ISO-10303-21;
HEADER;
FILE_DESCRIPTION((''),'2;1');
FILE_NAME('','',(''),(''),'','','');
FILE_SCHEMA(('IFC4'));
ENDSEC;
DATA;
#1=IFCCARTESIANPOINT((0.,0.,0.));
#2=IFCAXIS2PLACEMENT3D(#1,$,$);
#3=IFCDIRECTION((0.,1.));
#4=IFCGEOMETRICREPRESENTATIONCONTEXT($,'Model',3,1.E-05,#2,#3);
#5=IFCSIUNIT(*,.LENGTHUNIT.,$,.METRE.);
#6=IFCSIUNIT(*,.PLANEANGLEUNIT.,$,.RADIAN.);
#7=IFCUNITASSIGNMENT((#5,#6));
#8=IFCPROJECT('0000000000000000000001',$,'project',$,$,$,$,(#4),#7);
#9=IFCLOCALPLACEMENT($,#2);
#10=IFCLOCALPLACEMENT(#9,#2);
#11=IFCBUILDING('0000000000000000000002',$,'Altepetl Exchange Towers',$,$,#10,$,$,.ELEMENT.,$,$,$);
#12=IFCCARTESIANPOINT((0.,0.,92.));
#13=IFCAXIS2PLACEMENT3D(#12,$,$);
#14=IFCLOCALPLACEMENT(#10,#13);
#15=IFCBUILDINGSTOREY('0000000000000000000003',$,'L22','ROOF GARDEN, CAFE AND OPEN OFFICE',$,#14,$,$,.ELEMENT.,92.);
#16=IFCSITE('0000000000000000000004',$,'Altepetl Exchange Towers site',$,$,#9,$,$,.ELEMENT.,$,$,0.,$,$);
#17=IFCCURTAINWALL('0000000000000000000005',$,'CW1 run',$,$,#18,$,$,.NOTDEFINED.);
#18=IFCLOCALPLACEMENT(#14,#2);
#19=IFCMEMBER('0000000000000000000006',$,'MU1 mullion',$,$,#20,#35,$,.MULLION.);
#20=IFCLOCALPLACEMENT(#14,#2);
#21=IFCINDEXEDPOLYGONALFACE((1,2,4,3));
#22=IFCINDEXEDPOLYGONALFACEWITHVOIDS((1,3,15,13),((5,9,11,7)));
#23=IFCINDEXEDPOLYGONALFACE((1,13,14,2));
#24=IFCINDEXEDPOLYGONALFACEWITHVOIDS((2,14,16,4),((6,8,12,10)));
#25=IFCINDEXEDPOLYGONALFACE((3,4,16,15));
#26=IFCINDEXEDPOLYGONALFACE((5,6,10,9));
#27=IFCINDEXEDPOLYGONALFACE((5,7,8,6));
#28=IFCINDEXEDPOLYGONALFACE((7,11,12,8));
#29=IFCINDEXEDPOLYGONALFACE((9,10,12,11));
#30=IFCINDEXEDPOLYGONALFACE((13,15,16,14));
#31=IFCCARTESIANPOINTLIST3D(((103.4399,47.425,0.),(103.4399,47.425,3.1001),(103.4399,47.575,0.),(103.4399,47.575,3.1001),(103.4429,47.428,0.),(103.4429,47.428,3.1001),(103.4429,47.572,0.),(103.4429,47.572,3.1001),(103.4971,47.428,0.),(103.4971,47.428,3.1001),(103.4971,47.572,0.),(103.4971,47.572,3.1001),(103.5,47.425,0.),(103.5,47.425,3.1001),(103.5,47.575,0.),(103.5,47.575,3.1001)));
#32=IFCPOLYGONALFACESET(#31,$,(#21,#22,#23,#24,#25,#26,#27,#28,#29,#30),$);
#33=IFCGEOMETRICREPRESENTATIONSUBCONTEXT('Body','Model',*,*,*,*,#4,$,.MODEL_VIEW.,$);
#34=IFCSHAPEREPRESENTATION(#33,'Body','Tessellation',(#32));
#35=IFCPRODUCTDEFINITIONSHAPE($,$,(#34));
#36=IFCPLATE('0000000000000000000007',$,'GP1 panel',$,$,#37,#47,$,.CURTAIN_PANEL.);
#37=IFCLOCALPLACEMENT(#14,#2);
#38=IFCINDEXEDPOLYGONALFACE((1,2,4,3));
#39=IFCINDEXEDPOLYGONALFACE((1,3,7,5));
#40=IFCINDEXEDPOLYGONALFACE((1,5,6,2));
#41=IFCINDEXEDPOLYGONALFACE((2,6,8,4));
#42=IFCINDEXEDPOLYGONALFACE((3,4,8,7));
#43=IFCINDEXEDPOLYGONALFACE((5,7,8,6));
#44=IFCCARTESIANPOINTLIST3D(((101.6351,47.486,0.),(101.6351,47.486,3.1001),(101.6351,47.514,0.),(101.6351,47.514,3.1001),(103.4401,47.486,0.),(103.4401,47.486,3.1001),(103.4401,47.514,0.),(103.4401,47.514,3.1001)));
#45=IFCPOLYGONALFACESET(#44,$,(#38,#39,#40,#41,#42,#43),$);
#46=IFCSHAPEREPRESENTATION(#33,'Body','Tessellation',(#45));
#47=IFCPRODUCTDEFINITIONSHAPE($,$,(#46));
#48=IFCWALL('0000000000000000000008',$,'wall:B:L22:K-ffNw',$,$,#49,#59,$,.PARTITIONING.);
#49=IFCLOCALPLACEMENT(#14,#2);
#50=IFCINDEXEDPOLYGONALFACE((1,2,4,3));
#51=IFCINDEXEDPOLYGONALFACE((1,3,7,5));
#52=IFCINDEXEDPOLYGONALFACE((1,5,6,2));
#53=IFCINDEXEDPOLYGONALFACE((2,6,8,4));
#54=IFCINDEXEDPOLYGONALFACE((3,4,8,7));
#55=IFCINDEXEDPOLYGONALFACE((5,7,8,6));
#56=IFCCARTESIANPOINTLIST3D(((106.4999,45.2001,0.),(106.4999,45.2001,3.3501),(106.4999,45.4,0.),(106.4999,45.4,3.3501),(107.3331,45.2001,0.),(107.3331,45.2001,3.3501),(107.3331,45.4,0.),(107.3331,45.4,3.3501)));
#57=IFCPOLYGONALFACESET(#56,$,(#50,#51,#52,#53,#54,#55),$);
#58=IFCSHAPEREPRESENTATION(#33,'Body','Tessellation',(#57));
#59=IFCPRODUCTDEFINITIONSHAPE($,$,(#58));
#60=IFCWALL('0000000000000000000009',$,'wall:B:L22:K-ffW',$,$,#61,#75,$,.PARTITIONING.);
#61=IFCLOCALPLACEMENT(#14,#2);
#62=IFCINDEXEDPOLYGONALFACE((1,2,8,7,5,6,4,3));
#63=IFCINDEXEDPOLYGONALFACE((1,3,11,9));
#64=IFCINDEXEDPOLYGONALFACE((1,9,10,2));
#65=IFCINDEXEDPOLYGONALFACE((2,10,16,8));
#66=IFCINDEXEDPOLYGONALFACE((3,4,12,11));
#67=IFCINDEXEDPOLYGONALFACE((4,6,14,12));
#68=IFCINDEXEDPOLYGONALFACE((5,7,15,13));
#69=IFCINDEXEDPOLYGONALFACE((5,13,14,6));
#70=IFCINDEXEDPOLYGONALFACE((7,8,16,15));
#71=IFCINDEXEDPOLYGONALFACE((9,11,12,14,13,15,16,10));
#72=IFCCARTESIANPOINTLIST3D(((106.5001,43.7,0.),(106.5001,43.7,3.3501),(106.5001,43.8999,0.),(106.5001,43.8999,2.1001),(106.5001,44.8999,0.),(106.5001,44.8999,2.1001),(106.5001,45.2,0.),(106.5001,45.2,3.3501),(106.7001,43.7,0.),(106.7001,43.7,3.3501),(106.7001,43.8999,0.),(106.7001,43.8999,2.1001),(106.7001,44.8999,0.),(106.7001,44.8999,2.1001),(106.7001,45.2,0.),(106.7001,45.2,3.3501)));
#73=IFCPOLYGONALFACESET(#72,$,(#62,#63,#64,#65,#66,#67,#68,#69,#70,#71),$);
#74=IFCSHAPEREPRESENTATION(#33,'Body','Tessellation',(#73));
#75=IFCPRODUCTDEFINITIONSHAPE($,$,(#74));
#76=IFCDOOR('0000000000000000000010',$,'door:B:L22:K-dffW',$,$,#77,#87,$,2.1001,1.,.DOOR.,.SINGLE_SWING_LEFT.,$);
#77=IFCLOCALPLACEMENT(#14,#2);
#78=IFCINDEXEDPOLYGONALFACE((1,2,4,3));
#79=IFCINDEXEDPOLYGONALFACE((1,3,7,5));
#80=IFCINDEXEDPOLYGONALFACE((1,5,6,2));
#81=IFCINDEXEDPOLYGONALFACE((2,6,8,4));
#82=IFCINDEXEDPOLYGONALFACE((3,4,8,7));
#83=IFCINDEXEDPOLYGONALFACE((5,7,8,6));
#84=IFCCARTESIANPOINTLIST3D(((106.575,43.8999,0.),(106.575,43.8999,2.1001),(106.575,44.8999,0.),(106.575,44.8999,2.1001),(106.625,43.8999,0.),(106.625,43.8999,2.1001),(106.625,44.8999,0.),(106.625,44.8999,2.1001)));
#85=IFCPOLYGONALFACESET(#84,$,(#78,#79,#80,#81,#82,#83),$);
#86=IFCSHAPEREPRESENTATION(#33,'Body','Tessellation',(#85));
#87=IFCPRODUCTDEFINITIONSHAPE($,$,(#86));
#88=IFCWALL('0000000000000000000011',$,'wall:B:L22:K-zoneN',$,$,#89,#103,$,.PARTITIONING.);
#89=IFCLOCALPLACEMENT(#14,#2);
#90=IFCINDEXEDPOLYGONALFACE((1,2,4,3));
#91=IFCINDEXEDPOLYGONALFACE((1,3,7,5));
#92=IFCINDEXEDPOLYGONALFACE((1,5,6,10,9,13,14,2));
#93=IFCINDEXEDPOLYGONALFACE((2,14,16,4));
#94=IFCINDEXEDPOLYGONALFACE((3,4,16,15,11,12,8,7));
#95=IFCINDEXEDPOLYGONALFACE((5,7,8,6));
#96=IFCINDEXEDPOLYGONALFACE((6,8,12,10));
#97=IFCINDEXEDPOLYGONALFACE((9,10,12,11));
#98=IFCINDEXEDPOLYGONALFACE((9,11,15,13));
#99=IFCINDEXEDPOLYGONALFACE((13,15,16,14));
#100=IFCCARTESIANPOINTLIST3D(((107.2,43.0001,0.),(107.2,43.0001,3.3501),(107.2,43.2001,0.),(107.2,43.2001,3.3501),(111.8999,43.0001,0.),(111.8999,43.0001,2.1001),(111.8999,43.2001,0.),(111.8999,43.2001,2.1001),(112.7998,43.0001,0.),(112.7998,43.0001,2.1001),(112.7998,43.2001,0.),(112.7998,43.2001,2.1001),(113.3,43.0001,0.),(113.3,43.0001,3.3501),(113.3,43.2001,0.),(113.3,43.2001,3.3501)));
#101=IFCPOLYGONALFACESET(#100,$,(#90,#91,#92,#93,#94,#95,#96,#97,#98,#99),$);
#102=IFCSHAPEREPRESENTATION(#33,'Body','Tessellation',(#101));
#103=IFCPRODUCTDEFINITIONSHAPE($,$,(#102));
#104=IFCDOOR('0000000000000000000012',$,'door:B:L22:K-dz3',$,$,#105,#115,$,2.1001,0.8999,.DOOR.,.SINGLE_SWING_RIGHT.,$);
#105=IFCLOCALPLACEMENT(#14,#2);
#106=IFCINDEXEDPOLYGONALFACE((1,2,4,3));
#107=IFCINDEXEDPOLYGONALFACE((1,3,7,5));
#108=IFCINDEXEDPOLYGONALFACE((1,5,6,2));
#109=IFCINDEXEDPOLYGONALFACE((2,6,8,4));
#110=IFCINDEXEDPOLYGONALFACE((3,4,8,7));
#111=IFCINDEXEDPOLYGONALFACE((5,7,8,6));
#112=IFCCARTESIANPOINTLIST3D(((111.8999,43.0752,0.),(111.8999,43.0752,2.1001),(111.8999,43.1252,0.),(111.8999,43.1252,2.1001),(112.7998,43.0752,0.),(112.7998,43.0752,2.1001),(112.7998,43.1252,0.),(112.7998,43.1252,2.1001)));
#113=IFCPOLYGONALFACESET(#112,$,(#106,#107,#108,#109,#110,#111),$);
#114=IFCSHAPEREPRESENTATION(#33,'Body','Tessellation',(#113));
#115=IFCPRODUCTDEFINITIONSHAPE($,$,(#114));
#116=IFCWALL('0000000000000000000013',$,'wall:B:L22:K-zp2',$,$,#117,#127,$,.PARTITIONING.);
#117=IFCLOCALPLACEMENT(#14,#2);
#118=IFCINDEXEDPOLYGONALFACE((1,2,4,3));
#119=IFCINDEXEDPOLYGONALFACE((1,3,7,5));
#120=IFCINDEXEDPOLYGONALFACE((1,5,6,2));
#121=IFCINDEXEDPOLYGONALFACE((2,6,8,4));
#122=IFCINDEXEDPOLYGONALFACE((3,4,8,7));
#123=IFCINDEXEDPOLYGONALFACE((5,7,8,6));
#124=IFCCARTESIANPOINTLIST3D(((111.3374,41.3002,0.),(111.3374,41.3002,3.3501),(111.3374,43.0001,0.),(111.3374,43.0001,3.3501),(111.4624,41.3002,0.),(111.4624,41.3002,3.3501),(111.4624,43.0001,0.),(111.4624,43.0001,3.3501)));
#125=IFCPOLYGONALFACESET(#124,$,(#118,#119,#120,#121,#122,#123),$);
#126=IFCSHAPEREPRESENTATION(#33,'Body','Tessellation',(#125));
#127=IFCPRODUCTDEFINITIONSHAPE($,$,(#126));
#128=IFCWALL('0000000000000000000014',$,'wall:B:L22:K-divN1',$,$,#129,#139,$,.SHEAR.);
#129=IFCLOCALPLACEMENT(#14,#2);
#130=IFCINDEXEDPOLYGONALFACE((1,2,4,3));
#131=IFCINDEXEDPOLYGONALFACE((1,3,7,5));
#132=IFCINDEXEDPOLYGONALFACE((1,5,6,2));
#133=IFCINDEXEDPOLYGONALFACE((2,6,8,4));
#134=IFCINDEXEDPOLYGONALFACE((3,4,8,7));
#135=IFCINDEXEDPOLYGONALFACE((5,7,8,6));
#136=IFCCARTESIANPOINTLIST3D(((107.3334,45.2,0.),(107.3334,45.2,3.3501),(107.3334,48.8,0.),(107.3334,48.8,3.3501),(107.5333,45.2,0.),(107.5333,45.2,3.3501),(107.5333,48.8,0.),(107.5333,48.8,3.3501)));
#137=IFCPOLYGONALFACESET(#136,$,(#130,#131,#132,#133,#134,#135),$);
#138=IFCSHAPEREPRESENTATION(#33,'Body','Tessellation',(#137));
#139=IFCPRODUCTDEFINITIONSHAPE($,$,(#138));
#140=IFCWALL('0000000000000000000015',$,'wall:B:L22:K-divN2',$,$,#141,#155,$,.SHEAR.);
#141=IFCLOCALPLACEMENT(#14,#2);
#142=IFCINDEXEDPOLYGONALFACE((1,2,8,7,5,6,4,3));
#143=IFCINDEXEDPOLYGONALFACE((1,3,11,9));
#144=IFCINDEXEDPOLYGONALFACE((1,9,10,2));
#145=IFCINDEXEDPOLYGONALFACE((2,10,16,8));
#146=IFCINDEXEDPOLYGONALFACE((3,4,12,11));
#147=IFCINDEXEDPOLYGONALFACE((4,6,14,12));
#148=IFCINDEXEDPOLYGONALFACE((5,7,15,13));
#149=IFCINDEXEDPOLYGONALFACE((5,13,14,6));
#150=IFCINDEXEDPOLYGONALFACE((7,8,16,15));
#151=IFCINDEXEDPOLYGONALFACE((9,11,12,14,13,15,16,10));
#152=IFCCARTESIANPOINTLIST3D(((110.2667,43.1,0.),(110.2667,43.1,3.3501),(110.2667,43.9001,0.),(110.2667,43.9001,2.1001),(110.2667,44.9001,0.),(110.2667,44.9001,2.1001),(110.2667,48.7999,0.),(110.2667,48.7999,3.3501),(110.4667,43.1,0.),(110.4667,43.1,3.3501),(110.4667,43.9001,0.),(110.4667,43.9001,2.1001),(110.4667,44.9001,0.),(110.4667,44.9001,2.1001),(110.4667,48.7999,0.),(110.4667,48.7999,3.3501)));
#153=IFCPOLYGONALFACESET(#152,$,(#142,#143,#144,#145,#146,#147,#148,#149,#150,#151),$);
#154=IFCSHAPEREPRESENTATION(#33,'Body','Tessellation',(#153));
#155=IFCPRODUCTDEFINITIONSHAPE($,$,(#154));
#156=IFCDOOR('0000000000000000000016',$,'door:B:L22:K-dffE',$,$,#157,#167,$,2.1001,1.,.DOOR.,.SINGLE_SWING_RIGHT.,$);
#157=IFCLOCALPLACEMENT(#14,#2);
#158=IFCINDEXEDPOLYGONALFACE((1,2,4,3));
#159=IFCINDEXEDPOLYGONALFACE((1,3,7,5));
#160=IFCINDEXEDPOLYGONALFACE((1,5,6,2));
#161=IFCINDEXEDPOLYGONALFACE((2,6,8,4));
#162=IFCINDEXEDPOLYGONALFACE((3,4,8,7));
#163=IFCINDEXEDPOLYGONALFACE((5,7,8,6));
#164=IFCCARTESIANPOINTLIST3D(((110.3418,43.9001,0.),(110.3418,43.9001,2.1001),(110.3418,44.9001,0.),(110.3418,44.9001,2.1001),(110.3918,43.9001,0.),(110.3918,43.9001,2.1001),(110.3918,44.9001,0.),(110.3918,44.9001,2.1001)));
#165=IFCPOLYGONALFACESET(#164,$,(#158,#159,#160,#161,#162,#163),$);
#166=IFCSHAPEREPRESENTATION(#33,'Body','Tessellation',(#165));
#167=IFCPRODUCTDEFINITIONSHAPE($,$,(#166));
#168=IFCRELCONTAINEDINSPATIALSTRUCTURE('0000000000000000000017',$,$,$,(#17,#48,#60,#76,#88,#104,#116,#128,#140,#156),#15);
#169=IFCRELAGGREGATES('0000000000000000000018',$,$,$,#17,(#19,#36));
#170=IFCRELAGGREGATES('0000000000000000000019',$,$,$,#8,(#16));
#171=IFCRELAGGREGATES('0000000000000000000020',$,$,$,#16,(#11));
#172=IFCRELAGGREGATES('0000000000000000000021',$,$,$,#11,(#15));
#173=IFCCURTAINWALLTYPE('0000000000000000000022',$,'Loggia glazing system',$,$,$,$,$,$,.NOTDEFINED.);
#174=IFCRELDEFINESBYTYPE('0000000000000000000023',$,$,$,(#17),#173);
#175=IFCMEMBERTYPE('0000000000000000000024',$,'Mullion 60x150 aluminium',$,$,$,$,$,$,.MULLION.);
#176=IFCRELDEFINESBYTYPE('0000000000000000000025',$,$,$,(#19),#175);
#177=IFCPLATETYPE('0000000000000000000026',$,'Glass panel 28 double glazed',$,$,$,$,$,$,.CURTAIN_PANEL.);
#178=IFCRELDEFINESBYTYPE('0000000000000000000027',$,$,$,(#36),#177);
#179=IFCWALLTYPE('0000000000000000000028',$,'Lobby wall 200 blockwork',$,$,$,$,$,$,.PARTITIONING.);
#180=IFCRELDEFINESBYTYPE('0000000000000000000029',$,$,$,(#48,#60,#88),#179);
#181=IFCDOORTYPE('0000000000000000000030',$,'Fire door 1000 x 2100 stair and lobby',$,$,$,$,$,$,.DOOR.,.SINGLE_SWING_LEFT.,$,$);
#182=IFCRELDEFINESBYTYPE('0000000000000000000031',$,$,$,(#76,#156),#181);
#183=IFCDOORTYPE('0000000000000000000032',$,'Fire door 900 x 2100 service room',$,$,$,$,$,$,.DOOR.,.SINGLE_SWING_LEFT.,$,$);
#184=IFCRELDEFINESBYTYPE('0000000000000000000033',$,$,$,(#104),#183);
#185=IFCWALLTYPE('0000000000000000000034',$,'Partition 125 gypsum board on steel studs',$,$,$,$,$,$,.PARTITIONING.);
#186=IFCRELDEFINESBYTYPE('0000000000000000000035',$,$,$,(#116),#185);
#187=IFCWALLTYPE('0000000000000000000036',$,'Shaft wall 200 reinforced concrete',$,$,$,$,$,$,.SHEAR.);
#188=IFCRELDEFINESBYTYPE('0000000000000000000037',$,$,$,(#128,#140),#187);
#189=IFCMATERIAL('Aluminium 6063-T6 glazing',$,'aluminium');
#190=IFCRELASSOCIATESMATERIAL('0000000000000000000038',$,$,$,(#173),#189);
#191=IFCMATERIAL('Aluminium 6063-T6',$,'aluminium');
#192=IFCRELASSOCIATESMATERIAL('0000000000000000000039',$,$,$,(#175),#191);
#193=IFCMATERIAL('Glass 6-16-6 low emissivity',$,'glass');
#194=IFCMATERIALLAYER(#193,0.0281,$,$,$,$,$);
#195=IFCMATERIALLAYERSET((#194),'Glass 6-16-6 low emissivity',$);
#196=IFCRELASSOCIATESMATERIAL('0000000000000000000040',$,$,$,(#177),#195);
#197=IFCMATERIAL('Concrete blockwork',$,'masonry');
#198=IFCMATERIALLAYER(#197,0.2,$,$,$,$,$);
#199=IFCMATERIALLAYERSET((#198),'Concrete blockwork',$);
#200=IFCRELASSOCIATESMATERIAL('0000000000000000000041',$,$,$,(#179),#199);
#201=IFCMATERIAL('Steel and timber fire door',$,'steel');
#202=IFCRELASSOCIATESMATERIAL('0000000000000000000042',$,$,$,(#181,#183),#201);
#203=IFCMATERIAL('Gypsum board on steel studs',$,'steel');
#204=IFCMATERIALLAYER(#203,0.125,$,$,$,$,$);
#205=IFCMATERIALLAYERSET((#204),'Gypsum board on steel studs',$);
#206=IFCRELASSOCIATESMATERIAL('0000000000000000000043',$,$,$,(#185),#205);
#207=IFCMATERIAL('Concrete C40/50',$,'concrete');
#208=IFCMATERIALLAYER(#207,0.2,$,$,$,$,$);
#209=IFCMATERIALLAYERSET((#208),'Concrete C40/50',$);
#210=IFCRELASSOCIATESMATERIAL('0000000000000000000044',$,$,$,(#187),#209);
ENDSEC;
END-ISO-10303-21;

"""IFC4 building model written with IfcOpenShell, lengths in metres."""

from ifc_helpers import new_model, si_unit, direction, frame, frame_2d, origin, origin_2d, place, context, subcontext, project, spatial, rectangle, hollow_rectangle, extrude, material, layer, layer_set, material_profile, profile_set, type_object, element, fill, aggregate, save


model = new_model("IFC4")

# Units and contexts
model_context = context("Model", 3, precision=1e-05, world=origin(), true_north=direction((0.0, 1.0)))
body_context = subcontext(model_context, "Body", "Model", "MODEL_VIEW")
ifc_project = project(units=[si_unit("LENGTHUNIT", "METRE"), si_unit("PLANEANGLEUNIT", "RADIAN")], contexts=[model_context])

# Site, building, storey
site_placement = place(None, origin())
site = spatial("IfcSite", under=ifc_project, at=site_placement, Name="Altepetl Exchange Towers site", CompositionType="ELEMENT", RefElevation=0.0)
building_placement = place(site_placement, origin())
building = spatial("IfcBuilding", under=site, at=building_placement, Name="Altepetl Exchange Towers", CompositionType="ELEMENT")
storey_placement = place(building_placement, frame((0.0, 0.0, 92.0)))
storey = spatial("IfcBuildingStorey", under=building, at=storey_placement, Name="L22", Description="ROOF GARDEN, CAFE AND OPEN OFFICE", CompositionType="ELEMENT", Elevation=92.0)

# Curtain wall, member, plate
ifc_material_1 = material(Name="Aluminium 6063-T6 glazing", Category="aluminium")
curtain_wall_type = type_object("IfcCurtainWallType", Name="Loggia glazing system", PredefinedType="NOTDEFINED", material=ifc_material_1)
curtain_wall_placement = place(storey_placement, origin())
curtain_wall = element("IfcCurtainWall", 1, at=curtain_wall_placement, inside=storey, type_object=curtain_wall_type, Name="CW1 run", PredefinedType="NOTDEFINED")
ifc_material_2 = material(Name="Aluminium 6063-T6", Category="aluminium")
ifc_material_profile = material_profile(ifc_material_2, hollow_rectangle(XDim=0.0601, YDim=0.1499, WallThickness=0.0029, at=origin_2d()), Name="Mullion 60x150 aluminium")
ifc_profile_set = profile_set([ifc_material_profile], Name="Aluminium 6063-T6")
member_type = type_object("IfcMemberType", Name="Mullion 60x150 aluminium", PredefinedType="MULLION", material=ifc_profile_set)
member_placement = place(storey_placement, frame((103.47, 47.5, 0.0), z_axis=(0.0, 0.0, 1.0), x_axis=(-1.0, 0.0, 0.0)))
member = element("IfcMember", 2, at=member_placement, type_object=member_type, Name="MU1 mullion", PredefinedType="MULLION", context=body_context, shape_type="SweptSolid", body=[
    extrude(hollow_rectangle(XDim=0.0601, YDim=0.1499, WallThickness=0.0029, at=origin_2d()), origin(), (0.0, 0.0, 1.0), 3.1001),
])
ifc_material_3 = material(Name="Glass 6-16-6 low emissivity", Category="glass")
ifc_layer_1 = layer(ifc_material_3, 0.0281)
ifc_layer_set_1 = layer_set([ifc_layer_1], Name="Glass 6-16-6 low emissivity")
plate_type = type_object("IfcPlateType", Name="Glass panel 28 double glazed", PredefinedType="CURTAIN_PANEL", material=ifc_layer_set_1)
plate_placement = place(storey_placement, frame((102.5376, 47.5, 0.0), z_axis=(0.0, 0.0, 1.0), x_axis=(-1.0, 0.0, 0.0)))
plate = element("IfcPlate", 3, at=plate_placement, type_object=plate_type, Name="GP1 panel", PredefinedType="CURTAIN_PANEL", context=body_context, shape_type="SweptSolid", body=[
    extrude(rectangle(XDim=1.8049, YDim=0.0281, at=origin_2d()), origin(), (0.0, 0.0, 1.0), 3.1001),
])
aggregate(curtain_wall, [member, plate])

# Wall
ifc_material_4 = material(Name="Concrete blockwork", Category="masonry")
ifc_layer_2 = layer(ifc_material_4, 0.2)
ifc_layer_set_2 = layer_set([ifc_layer_2], Name="Concrete blockwork")
wall_type_1 = type_object("IfcWallType", Name="Lobby wall 200 blockwork", PredefinedType="PARTITIONING", material=ifc_layer_set_2)
wall_1_placement = place(storey_placement, frame((106.5, 45.3, 0.0)))
element("IfcWall", 4, at=wall_1_placement, inside=storey, type_object=wall_type_1, Name="wall:B:L22:K-ffNw", PredefinedType="PARTITIONING", context=body_context, shape_type="SweptSolid", body=[
    extrude(rectangle(XDim=0.8333, YDim=0.2, at=frame_2d((0.4165, 0.0))), origin(), (0.0, 0.0, 1.0), 3.3501),
])

# Walls, openings, doors
wall_2_placement = place(storey_placement, frame((106.6001, 43.7, 0.0), z_axis=(0.0, 0.0, 1.0), x_axis=(0.0, 1.0, 0.0)))
wall_2 = element("IfcWall", 5, at=wall_2_placement, inside=storey, type_object=wall_type_1, Name="wall:B:L22:K-ffW", PredefinedType="PARTITIONING", context=body_context, shape_type="SweptSolid", body=[
    extrude(rectangle(XDim=1.5, YDim=0.2, at=frame_2d((0.75, 0.0))), origin(), (0.0, 0.0, 1.0), 3.3501),
])
opening_1_placement = place(wall_2_placement, frame((0.2, 0.0, 0.0)))
opening_1 = element("IfcOpeningElement", 6, at=opening_1_placement, cuts=wall_2, PredefinedType="OPENING", context=body_context, shape_type="SweptSolid", body=[
    extrude(rectangle(XDim=1.0, YDim=2.1001, at=frame_2d((0.5, 1.05))), frame((0.0, 0.1099, 0.0), z_axis=(0.0, -1.0, 0.0), x_axis=(1.0, 0.0, 0.0)), (0.0, 0.0, 1.0), 0.22),
])
ifc_material_5 = material(Name="Steel and timber fire door", Category="steel")
door_type_1 = type_object("IfcDoorType", Name="Fire door 1000 x 2100 stair and lobby", OperationType="SINGLE_SWING_LEFT", PredefinedType="DOOR", material=ifc_material_5)
door_1_placement = place(opening_1_placement, frame((1.0, 0.0, 0.0), x_axis=(-1.0, 0.0, 0.0)))
door_1 = element("IfcDoor", 7, at=door_1_placement, inside=storey, type_object=door_type_1, Name="door:B:L22:K-dffW", OperationType="SINGLE_SWING_LEFT", OverallHeight=2.1001, OverallWidth=1.0, PredefinedType="DOOR", context=body_context, shape_type="SweptSolid", body=[
    extrude(rectangle(XDim=1.0, YDim=2.1001, at=frame_2d((0.5, 1.05))), frame((0.0, 0.0249, 0.0), z_axis=(0.0, -1.0, 0.0), x_axis=(1.0, 0.0, 0.0)), (0.0, 0.0, 1.0), 0.05),
])
fill(opening_1, door_1)
wall_3_placement = place(storey_placement, frame((107.2, 43.1001, 0.0)))
wall_3 = element("IfcWall", 8, at=wall_3_placement, inside=storey, type_object=wall_type_1, Name="wall:B:L22:K-zoneN", PredefinedType="PARTITIONING", context=body_context, shape_type="SweptSolid", body=[
    extrude(rectangle(XDim=6.1001, YDim=0.2, at=frame_2d((3.05, 0.0))), origin(), (0.0, 0.0, 1.0), 3.3501),
])
opening_2_placement = place(wall_3_placement, frame((4.7, 0.0, 0.0)))
opening_2 = element("IfcOpeningElement", 9, at=opening_2_placement, cuts=wall_3, PredefinedType="OPENING", context=body_context, shape_type="SweptSolid", body=[
    extrude(rectangle(XDim=0.8999, YDim=2.1001, at=frame_2d((0.45, 1.05))), frame((0.0, 0.1099, 0.0), z_axis=(0.0, -1.0, 0.0), x_axis=(1.0, 0.0, 0.0)), (0.0, 0.0, 1.0), 0.22),
])
door_type_2 = type_object("IfcDoorType", Name="Fire door 900 x 2100 service room", OperationType="SINGLE_SWING_LEFT", PredefinedType="DOOR", material=ifc_material_5)
door_2_placement = place(opening_2_placement, frame((0.8999, 0.0, 0.0), x_axis=(-1.0, 0.0, 0.0)))
door_2 = element("IfcDoor", 10, at=door_2_placement, inside=storey, type_object=door_type_2, Name="door:B:L22:K-dz3", OperationType="SINGLE_SWING_RIGHT", OverallHeight=2.1001, OverallWidth=0.8999, PredefinedType="DOOR", context=body_context, shape_type="SweptSolid", body=[
    extrude(rectangle(XDim=0.8999, YDim=2.1001, at=frame_2d((0.45, 1.05))), frame((0.0, 0.0249, 0.0), z_axis=(0.0, -1.0, 0.0), x_axis=(1.0, 0.0, 0.0)), (0.0, 0.0, 1.0), 0.05),
])
fill(opening_2, door_2)

# Walls
ifc_material_6 = material(Name="Gypsum board on steel studs", Category="steel")
ifc_layer_3 = layer(ifc_material_6, 0.125)
ifc_layer_set_3 = layer_set([ifc_layer_3], Name="Gypsum board on steel studs")
wall_type_2 = type_object("IfcWallType", Name="Partition 125 gypsum board on steel studs", PredefinedType="PARTITIONING", material=ifc_layer_set_3)
wall_4_placement = place(storey_placement, frame((111.3999, 41.3, 0.0), z_axis=(0.0, 0.0, 1.0), x_axis=(0.0, 1.0, 0.0)))
element("IfcWall", 11, at=wall_4_placement, inside=storey, type_object=wall_type_2, Name="wall:B:L22:K-zp2", PredefinedType="PARTITIONING", context=body_context, shape_type="SweptSolid", body=[
    extrude(rectangle(XDim=1.7, YDim=0.125, at=frame_2d((0.8501, 0.0))), origin(), (0.0, 0.0, 1.0), 3.3501),
])
ifc_material_7 = material(Name="Concrete C40/50", Category="concrete")
ifc_layer_4 = layer(ifc_material_7, 0.2)
ifc_layer_set_4 = layer_set([ifc_layer_4], Name="Concrete C40/50")
wall_type_3 = type_object("IfcWallType", Name="Shaft wall 200 reinforced concrete", PredefinedType="SHEAR", material=ifc_layer_set_4)
wall_5_placement = place(storey_placement, frame((107.4333, 48.8, 0.0), z_axis=(0.0, 0.0, 1.0), x_axis=(0.0, -1.0, 0.0)))
element("IfcWall", 12, at=wall_5_placement, inside=storey, type_object=wall_type_3, Name="wall:B:L22:K-divN1", PredefinedType="SHEAR", context=body_context, shape_type="SweptSolid", body=[
    extrude(rectangle(XDim=3.6001, YDim=0.2, at=frame_2d((1.8, 0.0))), origin(), (0.0, 0.0, 1.0), 3.3501),
])

# Wall, opening, door
wall_6_placement = place(storey_placement, frame((110.3667, 48.8, 0.0), z_axis=(0.0, 0.0, 1.0), x_axis=(0.0, -1.0, 0.0)))
wall_6 = element("IfcWall", 13, at=wall_6_placement, inside=storey, type_object=wall_type_3, Name="wall:B:L22:K-divN2", PredefinedType="SHEAR", context=body_context, shape_type="SweptSolid", body=[
    extrude(rectangle(XDim=5.7, YDim=0.2, at=frame_2d((2.8501, 0.0))), origin(), (0.0, 0.0, 1.0), 3.3501),
])
opening_3_placement = place(wall_6_placement, frame((3.8999, 0.0, 0.0)))
opening_3 = element("IfcOpeningElement", 14, at=opening_3_placement, cuts=wall_6, PredefinedType="OPENING", context=body_context, shape_type="SweptSolid", body=[
    extrude(rectangle(XDim=1.0, YDim=2.1001, at=frame_2d((0.5, 1.05))), frame((0.0, 0.1099, 0.0), z_axis=(0.0, -1.0, 0.0), x_axis=(1.0, 0.0, 0.0)), (0.0, 0.0, 1.0), 0.22),
])
door_3_placement = place(opening_3_placement, frame((1.0, 0.0, 0.0), x_axis=(-1.0, 0.0, 0.0)))
door_3 = element("IfcDoor", 15, at=door_3_placement, inside=storey, type_object=door_type_1, Name="door:B:L22:K-dffE", OperationType="SINGLE_SWING_RIGHT", OverallHeight=2.1001, OverallWidth=1.0, PredefinedType="DOOR", context=body_context, shape_type="SweptSolid", body=[
    extrude(rectangle(XDim=1.0, YDim=2.1001, at=frame_2d((0.5, 1.05))), frame((0.0, 0.0249, 0.0), z_axis=(0.0, -1.0, 0.0), x_axis=(1.0, 0.0, 0.0)), (0.0, 0.0, 1.0), 0.05),
])
fill(opening_3, door_3)

save(model, "model.ifc")
